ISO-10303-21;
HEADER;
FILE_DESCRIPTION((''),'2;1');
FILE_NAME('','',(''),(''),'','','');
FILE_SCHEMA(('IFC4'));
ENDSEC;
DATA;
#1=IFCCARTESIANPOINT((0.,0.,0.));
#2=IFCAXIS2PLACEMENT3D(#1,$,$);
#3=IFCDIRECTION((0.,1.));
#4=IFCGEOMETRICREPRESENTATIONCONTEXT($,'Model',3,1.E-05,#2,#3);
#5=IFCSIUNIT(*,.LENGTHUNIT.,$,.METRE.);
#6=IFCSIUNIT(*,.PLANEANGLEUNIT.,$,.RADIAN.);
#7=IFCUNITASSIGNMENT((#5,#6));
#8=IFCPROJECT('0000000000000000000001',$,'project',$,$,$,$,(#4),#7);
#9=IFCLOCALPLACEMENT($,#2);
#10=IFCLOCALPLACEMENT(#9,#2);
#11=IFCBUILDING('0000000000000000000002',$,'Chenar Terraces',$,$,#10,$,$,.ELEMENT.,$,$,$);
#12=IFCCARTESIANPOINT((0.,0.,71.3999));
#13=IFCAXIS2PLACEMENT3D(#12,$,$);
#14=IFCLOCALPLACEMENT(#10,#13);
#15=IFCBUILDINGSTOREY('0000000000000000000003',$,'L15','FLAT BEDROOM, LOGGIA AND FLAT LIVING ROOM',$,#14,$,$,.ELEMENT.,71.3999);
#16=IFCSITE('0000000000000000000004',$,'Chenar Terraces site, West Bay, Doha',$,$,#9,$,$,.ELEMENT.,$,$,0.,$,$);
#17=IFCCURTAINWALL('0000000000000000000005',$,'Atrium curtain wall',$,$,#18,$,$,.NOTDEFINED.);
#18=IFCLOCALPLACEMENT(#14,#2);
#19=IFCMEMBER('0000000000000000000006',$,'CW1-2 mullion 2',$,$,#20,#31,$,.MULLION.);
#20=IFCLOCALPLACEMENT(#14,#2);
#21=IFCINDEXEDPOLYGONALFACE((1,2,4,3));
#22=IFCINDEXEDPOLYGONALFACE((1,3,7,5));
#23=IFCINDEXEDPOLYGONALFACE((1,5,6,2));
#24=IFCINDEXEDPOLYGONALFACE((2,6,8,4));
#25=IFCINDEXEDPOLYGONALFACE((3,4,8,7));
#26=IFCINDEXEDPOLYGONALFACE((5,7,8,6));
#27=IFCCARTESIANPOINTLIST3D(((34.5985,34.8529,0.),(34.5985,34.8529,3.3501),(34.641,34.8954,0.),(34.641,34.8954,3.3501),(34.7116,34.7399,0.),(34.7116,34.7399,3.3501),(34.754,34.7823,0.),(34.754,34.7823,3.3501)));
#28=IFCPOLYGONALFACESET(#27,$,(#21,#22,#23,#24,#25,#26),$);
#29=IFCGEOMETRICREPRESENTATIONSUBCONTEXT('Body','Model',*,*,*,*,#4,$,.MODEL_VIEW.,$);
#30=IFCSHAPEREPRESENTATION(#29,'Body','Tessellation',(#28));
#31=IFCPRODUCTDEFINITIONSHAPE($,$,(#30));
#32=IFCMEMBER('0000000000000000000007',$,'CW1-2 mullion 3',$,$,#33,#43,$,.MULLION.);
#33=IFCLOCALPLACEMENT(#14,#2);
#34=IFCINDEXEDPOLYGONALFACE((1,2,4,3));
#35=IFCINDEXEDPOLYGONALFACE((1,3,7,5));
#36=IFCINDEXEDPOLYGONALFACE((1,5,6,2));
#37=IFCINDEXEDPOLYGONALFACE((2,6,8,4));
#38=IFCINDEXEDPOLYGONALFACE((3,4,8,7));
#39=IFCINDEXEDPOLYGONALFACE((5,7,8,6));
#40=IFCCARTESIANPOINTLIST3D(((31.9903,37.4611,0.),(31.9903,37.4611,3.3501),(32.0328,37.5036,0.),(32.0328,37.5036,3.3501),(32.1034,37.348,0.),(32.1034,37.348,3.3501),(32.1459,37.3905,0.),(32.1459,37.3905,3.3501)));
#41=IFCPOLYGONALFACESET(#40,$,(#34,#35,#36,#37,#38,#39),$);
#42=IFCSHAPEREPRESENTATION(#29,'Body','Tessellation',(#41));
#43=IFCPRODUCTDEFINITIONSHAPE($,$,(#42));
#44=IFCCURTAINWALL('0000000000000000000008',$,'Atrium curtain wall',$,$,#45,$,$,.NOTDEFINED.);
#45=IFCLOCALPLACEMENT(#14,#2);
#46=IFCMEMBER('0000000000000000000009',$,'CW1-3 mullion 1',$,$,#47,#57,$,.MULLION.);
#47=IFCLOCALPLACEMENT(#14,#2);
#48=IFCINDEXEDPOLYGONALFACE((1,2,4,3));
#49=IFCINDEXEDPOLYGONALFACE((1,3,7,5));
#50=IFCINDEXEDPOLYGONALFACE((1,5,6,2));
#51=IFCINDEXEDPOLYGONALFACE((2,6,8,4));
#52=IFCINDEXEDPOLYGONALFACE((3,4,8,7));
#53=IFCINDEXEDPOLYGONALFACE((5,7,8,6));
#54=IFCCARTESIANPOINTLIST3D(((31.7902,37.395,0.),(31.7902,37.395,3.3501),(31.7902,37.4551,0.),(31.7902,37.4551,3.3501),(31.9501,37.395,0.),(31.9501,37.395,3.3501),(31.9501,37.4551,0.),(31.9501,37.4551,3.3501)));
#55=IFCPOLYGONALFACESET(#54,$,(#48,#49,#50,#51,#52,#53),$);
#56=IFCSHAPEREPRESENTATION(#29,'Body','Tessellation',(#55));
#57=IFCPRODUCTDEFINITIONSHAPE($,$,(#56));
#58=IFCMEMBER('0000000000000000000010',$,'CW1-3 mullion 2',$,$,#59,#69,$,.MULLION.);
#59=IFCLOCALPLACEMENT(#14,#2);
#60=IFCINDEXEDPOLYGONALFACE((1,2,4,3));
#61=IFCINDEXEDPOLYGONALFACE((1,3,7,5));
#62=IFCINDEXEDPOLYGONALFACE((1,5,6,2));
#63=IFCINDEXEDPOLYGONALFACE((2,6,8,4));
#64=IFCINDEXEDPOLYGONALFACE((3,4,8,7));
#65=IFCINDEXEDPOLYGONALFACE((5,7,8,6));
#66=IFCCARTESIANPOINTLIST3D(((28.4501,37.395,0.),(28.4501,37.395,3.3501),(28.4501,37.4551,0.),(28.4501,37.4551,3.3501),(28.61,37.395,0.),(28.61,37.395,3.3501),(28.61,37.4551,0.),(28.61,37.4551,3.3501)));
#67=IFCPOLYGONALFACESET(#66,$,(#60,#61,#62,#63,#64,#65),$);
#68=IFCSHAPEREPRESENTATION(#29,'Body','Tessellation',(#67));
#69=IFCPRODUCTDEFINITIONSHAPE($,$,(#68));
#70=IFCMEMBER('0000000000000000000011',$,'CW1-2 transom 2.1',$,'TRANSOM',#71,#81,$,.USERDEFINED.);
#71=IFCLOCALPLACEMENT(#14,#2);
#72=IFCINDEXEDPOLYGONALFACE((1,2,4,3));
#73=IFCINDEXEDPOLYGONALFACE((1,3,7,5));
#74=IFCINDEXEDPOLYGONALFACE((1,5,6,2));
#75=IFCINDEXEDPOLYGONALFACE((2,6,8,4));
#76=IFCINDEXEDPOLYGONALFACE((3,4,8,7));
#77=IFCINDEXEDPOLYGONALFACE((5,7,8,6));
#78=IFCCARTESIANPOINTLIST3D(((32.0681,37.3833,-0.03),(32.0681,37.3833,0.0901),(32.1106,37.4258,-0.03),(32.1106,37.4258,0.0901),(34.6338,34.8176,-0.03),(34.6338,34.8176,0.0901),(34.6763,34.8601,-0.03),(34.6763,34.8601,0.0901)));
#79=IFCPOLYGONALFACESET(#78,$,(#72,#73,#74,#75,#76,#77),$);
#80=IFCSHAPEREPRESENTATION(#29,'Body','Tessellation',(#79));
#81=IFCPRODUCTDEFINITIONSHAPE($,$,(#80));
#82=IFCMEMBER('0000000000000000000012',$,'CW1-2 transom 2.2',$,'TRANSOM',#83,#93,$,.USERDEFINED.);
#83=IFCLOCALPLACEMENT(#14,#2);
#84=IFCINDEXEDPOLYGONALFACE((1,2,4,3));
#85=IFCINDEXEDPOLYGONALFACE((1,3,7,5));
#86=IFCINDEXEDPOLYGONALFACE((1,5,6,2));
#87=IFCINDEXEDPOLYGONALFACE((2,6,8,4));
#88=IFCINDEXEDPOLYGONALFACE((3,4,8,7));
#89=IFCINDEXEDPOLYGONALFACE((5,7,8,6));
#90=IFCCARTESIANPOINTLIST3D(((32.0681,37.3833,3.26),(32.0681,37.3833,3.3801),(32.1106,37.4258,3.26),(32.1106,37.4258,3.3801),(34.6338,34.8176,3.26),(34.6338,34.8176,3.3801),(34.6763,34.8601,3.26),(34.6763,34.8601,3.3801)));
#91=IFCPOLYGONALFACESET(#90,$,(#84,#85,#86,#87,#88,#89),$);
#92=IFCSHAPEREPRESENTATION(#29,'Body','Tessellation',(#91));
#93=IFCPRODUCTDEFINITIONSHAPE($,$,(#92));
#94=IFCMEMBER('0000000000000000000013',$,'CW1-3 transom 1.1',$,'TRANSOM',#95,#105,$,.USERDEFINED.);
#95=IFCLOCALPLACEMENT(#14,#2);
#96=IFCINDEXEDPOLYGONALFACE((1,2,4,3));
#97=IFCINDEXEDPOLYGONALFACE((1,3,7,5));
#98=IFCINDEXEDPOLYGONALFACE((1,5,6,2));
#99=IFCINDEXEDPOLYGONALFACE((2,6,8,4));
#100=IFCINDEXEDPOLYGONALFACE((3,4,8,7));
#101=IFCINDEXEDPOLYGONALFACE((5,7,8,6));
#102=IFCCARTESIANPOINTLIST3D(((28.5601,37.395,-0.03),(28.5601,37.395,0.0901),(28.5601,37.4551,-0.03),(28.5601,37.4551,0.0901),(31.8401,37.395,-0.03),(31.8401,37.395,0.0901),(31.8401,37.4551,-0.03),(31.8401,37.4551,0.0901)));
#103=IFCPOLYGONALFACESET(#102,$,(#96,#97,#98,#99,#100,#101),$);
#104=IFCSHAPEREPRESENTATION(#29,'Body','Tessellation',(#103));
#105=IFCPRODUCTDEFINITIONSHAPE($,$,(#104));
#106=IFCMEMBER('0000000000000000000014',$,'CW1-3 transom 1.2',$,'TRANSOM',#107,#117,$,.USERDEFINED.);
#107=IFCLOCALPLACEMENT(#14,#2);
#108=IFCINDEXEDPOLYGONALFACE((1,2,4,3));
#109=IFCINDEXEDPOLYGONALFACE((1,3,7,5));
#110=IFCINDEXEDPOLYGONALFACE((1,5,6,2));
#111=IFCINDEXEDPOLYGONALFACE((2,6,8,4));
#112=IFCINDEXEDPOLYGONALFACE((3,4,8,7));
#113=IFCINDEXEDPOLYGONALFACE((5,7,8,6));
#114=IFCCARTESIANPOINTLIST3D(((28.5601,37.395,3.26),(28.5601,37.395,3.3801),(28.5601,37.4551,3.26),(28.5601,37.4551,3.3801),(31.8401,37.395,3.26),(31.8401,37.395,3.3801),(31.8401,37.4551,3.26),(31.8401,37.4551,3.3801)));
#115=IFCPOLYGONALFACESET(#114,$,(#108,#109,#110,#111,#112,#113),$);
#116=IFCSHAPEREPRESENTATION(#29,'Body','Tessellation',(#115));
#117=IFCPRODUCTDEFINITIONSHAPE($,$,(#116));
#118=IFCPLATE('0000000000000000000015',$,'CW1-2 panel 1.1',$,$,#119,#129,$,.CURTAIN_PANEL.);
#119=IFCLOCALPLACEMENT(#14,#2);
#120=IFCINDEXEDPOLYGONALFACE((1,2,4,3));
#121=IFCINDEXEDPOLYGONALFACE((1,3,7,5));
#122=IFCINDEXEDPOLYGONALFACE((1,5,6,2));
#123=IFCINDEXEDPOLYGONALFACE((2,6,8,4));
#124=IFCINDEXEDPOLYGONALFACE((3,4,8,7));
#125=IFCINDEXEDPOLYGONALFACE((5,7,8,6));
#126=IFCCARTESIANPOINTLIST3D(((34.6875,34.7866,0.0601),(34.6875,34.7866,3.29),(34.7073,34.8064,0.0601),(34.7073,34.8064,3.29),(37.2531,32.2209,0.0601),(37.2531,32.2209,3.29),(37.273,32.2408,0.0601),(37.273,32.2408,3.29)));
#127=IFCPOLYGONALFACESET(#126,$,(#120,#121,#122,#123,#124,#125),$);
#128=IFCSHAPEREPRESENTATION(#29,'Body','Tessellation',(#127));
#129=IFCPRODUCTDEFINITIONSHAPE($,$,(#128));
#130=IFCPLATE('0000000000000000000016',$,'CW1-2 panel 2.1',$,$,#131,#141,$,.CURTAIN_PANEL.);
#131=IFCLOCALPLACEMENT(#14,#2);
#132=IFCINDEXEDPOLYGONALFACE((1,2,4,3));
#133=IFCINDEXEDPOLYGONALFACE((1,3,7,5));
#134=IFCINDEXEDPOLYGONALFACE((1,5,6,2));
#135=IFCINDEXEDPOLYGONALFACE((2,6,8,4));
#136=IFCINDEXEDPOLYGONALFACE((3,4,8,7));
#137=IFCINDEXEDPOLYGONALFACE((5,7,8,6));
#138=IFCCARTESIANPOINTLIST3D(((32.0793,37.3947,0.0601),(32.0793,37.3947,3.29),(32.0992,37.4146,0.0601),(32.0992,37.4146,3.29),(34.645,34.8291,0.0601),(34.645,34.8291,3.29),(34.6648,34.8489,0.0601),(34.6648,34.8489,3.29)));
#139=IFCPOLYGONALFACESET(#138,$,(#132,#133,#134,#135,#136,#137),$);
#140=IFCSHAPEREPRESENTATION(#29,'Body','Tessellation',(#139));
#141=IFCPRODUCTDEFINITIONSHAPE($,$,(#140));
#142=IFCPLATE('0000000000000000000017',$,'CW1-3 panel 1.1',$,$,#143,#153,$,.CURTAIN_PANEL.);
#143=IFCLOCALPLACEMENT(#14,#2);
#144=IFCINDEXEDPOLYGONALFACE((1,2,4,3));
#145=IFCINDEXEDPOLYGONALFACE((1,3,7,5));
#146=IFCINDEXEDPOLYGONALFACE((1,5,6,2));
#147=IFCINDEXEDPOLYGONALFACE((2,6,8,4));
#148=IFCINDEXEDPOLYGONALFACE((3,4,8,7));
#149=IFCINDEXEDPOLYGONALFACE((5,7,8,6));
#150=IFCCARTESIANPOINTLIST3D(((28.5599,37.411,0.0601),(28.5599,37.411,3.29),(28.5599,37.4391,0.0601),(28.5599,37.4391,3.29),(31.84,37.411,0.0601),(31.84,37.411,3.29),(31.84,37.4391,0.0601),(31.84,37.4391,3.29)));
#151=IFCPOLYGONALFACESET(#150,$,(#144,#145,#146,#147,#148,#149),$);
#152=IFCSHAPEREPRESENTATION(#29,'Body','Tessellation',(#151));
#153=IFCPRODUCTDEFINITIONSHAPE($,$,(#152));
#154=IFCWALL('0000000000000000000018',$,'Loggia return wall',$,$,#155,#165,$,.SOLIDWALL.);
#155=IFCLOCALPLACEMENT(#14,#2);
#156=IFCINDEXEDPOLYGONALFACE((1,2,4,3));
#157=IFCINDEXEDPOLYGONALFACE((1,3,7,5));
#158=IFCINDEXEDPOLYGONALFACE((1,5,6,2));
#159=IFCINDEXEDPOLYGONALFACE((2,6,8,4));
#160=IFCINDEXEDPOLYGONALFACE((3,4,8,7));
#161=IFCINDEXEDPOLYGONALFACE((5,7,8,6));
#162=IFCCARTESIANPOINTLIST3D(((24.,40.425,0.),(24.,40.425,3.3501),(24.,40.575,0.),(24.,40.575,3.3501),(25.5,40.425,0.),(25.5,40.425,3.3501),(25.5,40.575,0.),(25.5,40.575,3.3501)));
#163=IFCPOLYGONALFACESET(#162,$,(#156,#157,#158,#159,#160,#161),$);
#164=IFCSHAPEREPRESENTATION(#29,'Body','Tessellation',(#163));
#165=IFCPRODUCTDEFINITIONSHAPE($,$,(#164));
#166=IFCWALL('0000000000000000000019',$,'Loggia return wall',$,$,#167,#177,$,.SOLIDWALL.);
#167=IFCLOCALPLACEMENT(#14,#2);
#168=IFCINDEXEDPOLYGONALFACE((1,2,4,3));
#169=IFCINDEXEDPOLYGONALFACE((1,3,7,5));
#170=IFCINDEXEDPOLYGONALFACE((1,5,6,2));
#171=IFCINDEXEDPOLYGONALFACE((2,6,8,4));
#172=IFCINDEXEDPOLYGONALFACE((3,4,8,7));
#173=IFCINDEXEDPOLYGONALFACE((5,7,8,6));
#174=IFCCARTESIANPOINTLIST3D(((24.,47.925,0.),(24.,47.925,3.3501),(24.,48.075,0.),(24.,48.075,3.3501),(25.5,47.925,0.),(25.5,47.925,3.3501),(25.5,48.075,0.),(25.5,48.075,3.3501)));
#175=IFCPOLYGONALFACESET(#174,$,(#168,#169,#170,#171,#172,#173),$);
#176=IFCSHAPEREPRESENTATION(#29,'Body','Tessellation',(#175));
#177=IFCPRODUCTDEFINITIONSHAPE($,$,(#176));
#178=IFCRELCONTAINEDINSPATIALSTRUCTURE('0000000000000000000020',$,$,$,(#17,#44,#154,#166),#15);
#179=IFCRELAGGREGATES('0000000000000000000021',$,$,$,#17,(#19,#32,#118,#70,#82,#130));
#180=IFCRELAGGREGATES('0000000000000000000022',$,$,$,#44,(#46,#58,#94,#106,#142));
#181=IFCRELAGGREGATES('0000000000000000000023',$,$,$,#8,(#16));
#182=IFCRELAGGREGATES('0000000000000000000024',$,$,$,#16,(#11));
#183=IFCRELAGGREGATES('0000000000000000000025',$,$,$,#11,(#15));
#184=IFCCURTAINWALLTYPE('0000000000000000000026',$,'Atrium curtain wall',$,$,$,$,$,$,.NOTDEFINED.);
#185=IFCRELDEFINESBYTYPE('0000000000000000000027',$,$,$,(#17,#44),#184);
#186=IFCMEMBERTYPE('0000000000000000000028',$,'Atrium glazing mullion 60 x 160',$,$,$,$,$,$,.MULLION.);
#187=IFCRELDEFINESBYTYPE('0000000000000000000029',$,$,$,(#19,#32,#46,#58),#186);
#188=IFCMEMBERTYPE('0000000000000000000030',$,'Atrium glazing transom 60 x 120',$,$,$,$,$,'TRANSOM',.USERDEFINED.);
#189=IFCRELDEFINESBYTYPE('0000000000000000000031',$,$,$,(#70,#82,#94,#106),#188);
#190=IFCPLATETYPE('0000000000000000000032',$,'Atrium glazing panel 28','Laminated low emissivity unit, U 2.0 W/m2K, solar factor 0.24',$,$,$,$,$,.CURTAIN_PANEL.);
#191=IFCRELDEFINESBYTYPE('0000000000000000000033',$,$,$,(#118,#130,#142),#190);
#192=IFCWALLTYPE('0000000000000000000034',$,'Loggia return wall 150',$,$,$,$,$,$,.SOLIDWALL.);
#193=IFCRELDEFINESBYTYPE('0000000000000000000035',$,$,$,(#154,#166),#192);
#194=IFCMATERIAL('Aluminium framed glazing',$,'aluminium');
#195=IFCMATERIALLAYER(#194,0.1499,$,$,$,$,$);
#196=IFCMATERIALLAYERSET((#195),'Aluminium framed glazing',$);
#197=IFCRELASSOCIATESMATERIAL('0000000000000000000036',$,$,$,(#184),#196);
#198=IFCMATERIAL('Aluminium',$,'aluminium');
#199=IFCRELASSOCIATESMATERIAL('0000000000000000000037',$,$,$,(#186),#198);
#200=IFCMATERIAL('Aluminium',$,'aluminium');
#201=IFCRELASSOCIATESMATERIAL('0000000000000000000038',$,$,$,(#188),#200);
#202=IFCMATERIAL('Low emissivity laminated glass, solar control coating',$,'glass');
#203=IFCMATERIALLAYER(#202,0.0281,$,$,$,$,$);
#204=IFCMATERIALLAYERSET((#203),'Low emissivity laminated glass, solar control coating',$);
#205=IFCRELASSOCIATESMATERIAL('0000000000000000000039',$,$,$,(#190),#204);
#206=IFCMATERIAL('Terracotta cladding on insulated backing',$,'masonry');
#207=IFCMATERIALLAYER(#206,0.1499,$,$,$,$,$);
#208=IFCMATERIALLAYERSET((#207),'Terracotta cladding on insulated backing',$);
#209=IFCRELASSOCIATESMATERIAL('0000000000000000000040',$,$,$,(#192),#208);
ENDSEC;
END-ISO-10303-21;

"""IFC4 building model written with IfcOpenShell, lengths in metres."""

from ifc_helpers import new_model, si_unit, direction, frame, frame_2d, origin, origin_2d, place, context, subcontext, project, spatial, rectangle, extrude, material, layer, layer_set, material_profile, profile_set, type_object, element, aggregate, save


model = new_model("IFC4")

# Units and contexts
model_context = context("Model", 3, precision=1e-05, world=origin(), true_north=direction((0.0, 1.0)))
body_context = subcontext(model_context, "Body", "Model", "MODEL_VIEW")
ifc_project = project(units=[si_unit("LENGTHUNIT", "METRE"), si_unit("PLANEANGLEUNIT", "RADIAN")], contexts=[model_context])

# Site, building, storey
site_placement = place(None, origin())
site = spatial("IfcSite", under=ifc_project, at=site_placement, Name="Chenar Terraces site, West Bay, Doha", CompositionType="ELEMENT", RefElevation=0.0)
building_placement = place(site_placement, origin())
building = spatial("IfcBuilding", under=site, at=building_placement, Name="Chenar Terraces", CompositionType="ELEMENT")
storey_placement = place(building_placement, frame((0.0, 0.0, 71.3999)))
storey = spatial("IfcBuildingStorey", under=building, at=storey_placement, Name="L15", Description="FLAT BEDROOM, LOGGIA AND FLAT LIVING ROOM", CompositionType="ELEMENT", Elevation=71.3999)

# Curtain walls, members
ifc_material_1 = material(Name="Aluminium framed glazing", Category="aluminium")
ifc_layer_1 = layer(ifc_material_1, 0.1499)
ifc_layer_set_1 = layer_set([ifc_layer_1], Name="Aluminium framed glazing")
curtain_wall_type = type_object("IfcCurtainWallType", Name="Atrium curtain wall", PredefinedType="NOTDEFINED", material=ifc_layer_set_1)
placement = place(storey_placement, origin())
curtain_wall_1 = element("IfcCurtainWall", 1, at=placement, inside=storey, type_object=curtain_wall_type, Name="Atrium curtain wall", PredefinedType="NOTDEFINED")
ifc_material_2 = material(Name="Aluminium", Category="aluminium")
ifc_material_profile_1 = material_profile(ifc_material_2, rectangle(XDim=0.0601, YDim=0.1599, at=origin_2d()), Name="Atrium glazing mullion 60 x 160")
ifc_profile_set_1 = profile_set([ifc_material_profile_1], Name="Aluminium")
member_type_1 = type_object("IfcMemberType", Name="Atrium glazing mullion 60 x 160", PredefinedType="MULLION", material=ifc_profile_set_1)
member_1_placement = place(storey_placement, frame((34.6763, 34.8176, 0.0), z_axis=(0.0, 0.0, 1.0), x_axis=(-0.707107, -0.707107, 0.0)))
member_1 = element("IfcMember", 2, at=member_1_placement, type_object=member_type_1, Name="CW1-2 mullion 2", PredefinedType="MULLION", context=body_context, shape_type="SweptSolid", body=[
    extrude(rectangle(XDim=0.0601, YDim=0.1599, at=origin_2d()), origin(), (0.0, 0.0, 1.0), 3.3501),
])
member_2_placement = place(storey_placement, frame((32.0681, 37.4258, 0.0), z_axis=(0.0, 0.0, 1.0), x_axis=(-0.707107, -0.707107, 0.0)))
member_2 = element("IfcMember", 3, at=member_2_placement, type_object=member_type_1, Name="CW1-2 mullion 3", PredefinedType="MULLION", context=body_context, shape_type="SweptSolid", body=[
    extrude(rectangle(XDim=0.0601, YDim=0.1599, at=origin_2d()), origin(), (0.0, 0.0, 1.0), 3.3501),
])
curtain_wall_2 = element("IfcCurtainWall", 4, at=placement, inside=storey, type_object=curtain_wall_type, Name="Atrium curtain wall", PredefinedType="NOTDEFINED")
member_3_placement = place(storey_placement, frame((31.8701, 37.425, 0.0), z_axis=(0.0, 0.0, 1.0), x_axis=(0.0, -1.0, 0.0)))
member_3 = element("IfcMember", 5, at=member_3_placement, type_object=member_type_1, Name="CW1-3 mullion 1", PredefinedType="MULLION", context=body_context, shape_type="SweptSolid", body=[
    extrude(rectangle(XDim=0.0601, YDim=0.1599, at=origin_2d()), origin(), (0.0, 0.0, 1.0), 3.3501),
])
member_4_placement = place(storey_placement, frame((28.53, 37.425, 0.0), z_axis=(0.0, 0.0, 1.0), x_axis=(0.0, -1.0, 0.0)))
member_4 = element("IfcMember", 6, at=member_4_placement, type_object=member_type_1, Name="CW1-3 mullion 2", PredefinedType="MULLION", context=body_context, shape_type="SweptSolid", body=[
    extrude(rectangle(XDim=0.0601, YDim=0.1599, at=origin_2d()), origin(), (0.0, 0.0, 1.0), 3.3501),
])

# Members
ifc_material_3 = material(Name="Aluminium", Category="aluminium")
ifc_material_profile_2 = material_profile(ifc_material_3, rectangle(XDim=0.0601, YDim=0.1201, at=origin_2d()), Name="Atrium glazing transom 60 x 120")
ifc_profile_set_2 = profile_set([ifc_material_profile_2], Name="Aluminium")
member_type_2 = type_object("IfcMemberType", Name="Atrium glazing transom 60 x 120", ElementType="TRANSOM", PredefinedType="USERDEFINED", material=ifc_profile_set_2)
member_5_placement = place(storey_placement, frame((34.655, 34.8389, 0.03), z_axis=(-0.707107, 0.707107, 0.0), x_axis=(-0.707107, -0.707107, 0.0)))
member_5 = element("IfcMember", 7, at=member_5_placement, type_object=member_type_2, Name="CW1-2 transom 2.1", ObjectType="TRANSOM", PredefinedType="USERDEFINED", context=body_context, shape_type="SweptSolid", body=[
    extrude(rectangle(XDim=0.0601, YDim=0.1201, at=origin_2d()), origin(), (0.0, 0.0, 1.0), 3.6284),
])
member_6_placement = place(storey_placement, frame((34.655, 34.8389, 3.3201), z_axis=(-0.707107, 0.707107, 0.0), x_axis=(-0.707107, -0.707107, 0.0)))
member_6 = element("IfcMember", 8, at=member_6_placement, type_object=member_type_2, Name="CW1-2 transom 2.2", ObjectType="TRANSOM", PredefinedType="USERDEFINED", context=body_context, shape_type="SweptSolid", body=[
    extrude(rectangle(XDim=0.0601, YDim=0.1201, at=origin_2d()), origin(), (0.0, 0.0, 1.0), 3.6284),
])
member_7_placement = place(storey_placement, frame((31.8401, 37.425, 0.03), z_axis=(-1.0, 0.0, 0.0), x_axis=(0.0, -1.0, 0.0)))
member_7 = element("IfcMember", 9, at=member_7_placement, type_object=member_type_2, Name="CW1-3 transom 1.1", ObjectType="TRANSOM", PredefinedType="USERDEFINED", context=body_context, shape_type="SweptSolid", body=[
    extrude(rectangle(XDim=0.0601, YDim=0.1201, at=origin_2d()), origin(), (0.0, 0.0, 1.0), 3.28),
])
member_8_placement = place(storey_placement, frame((31.8401, 37.425, 3.3201), z_axis=(-1.0, 0.0, 0.0), x_axis=(0.0, -1.0, 0.0)))
member_8 = element("IfcMember", 10, at=member_8_placement, type_object=member_type_2, Name="CW1-3 transom 1.2", ObjectType="TRANSOM", PredefinedType="USERDEFINED", context=body_context, shape_type="SweptSolid", body=[
    extrude(rectangle(XDim=0.0601, YDim=0.1201, at=origin_2d()), origin(), (0.0, 0.0, 1.0), 3.28),
])

# Plates
ifc_material_4 = material(Name="Low emissivity laminated glass, solar control coating", Category="glass")
ifc_layer_2 = layer(ifc_material_4, 0.0281)
ifc_layer_set_2 = layer_set([ifc_layer_2], Name="Low emissivity laminated glass, solar control coating")
plate_type = type_object("IfcPlateType", Name="Atrium glazing panel 28", Description="Laminated low emissivity unit, U 2.0 W/m2K, solar factor 0.24", PredefinedType="CURTAIN_PANEL", material=ifc_layer_set_2)
plate_1_placement = place(storey_placement, frame((35.9802, 33.5137, 0.0601), z_axis=(0.0, 0.0, 1.0), x_axis=(-0.707107, 0.707107, 0.0)))
plate_1 = element("IfcPlate", 11, at=plate_1_placement, type_object=plate_type, Name="CW1-2 panel 1.1", PredefinedType="CURTAIN_PANEL", context=body_context, shape_type="SweptSolid", body=[
    extrude(rectangle(XDim=3.6284, YDim=0.0281, at=origin_2d()), origin(), (0.0, 0.0, 1.0), 3.23),
])
plate_2_placement = place(storey_placement, frame((33.3721, 36.1218, 0.0601), z_axis=(0.0, 0.0, 1.0), x_axis=(-0.707107, 0.707107, 0.0)))
plate_2 = element("IfcPlate", 12, at=plate_2_placement, type_object=plate_type, Name="CW1-2 panel 2.1", PredefinedType="CURTAIN_PANEL", context=body_context, shape_type="SweptSolid", body=[
    extrude(rectangle(XDim=3.6284, YDim=0.0281, at=origin_2d()), origin(), (0.0, 0.0, 1.0), 3.23),
])
aggregate(curtain_wall_1, [member_1, member_2, plate_1, member_5, member_6, plate_2])
plate_3_placement = place(storey_placement, frame((30.2, 37.425, 0.0601), z_axis=(0.0, 0.0, 1.0), x_axis=(-1.0, 0.0, 0.0)))
plate_3 = element("IfcPlate", 13, at=plate_3_placement, type_object=plate_type, Name="CW1-3 panel 1.1", PredefinedType="CURTAIN_PANEL", context=body_context, shape_type="SweptSolid", body=[
    extrude(rectangle(XDim=3.28, YDim=0.0281, at=origin_2d()), origin(), (0.0, 0.0, 1.0), 3.23),
])
aggregate(curtain_wall_2, [member_3, member_4, member_7, member_8, plate_3])

# Walls
ifc_material_5 = material(Name="Terracotta cladding on insulated backing", Category="masonry")
ifc_layer_3 = layer(ifc_material_5, 0.1499)
ifc_layer_set_3 = layer_set([ifc_layer_3], Name="Terracotta cladding on insulated backing")
wall_type_1 = type_object("IfcWallType", Name="Loggia return wall 150", PredefinedType="SOLIDWALL", material=ifc_layer_set_3)
for number, where, z_axis, x_axis, name in (
    (14, (25.5, 40.5, 0.0), (0.0, 0.0, 1.0), (-1.0, 0.0, 0.0), "Loggia return wall"),
    (15, (25.5, 48.0, 0.0), (0.0, 0.0, 1.0), (-1.0, 0.0, 0.0), "Loggia return wall"),
):
    element("IfcWall", number, at=place(storey_placement, frame(where, z_axis=z_axis, x_axis=x_axis)), inside=storey, type_object=wall_type_1, Name=name, PredefinedType="SOLIDWALL", context=body_context, shape_type="SweptSolid", body=[
        extrude(rectangle(XDim=1.5, YDim=0.1499, at=frame_2d((0.75, 0.0))), origin(), (0.0, 0.0, 1.0), 3.3501),
    ])

save(model, "model.ifc")
